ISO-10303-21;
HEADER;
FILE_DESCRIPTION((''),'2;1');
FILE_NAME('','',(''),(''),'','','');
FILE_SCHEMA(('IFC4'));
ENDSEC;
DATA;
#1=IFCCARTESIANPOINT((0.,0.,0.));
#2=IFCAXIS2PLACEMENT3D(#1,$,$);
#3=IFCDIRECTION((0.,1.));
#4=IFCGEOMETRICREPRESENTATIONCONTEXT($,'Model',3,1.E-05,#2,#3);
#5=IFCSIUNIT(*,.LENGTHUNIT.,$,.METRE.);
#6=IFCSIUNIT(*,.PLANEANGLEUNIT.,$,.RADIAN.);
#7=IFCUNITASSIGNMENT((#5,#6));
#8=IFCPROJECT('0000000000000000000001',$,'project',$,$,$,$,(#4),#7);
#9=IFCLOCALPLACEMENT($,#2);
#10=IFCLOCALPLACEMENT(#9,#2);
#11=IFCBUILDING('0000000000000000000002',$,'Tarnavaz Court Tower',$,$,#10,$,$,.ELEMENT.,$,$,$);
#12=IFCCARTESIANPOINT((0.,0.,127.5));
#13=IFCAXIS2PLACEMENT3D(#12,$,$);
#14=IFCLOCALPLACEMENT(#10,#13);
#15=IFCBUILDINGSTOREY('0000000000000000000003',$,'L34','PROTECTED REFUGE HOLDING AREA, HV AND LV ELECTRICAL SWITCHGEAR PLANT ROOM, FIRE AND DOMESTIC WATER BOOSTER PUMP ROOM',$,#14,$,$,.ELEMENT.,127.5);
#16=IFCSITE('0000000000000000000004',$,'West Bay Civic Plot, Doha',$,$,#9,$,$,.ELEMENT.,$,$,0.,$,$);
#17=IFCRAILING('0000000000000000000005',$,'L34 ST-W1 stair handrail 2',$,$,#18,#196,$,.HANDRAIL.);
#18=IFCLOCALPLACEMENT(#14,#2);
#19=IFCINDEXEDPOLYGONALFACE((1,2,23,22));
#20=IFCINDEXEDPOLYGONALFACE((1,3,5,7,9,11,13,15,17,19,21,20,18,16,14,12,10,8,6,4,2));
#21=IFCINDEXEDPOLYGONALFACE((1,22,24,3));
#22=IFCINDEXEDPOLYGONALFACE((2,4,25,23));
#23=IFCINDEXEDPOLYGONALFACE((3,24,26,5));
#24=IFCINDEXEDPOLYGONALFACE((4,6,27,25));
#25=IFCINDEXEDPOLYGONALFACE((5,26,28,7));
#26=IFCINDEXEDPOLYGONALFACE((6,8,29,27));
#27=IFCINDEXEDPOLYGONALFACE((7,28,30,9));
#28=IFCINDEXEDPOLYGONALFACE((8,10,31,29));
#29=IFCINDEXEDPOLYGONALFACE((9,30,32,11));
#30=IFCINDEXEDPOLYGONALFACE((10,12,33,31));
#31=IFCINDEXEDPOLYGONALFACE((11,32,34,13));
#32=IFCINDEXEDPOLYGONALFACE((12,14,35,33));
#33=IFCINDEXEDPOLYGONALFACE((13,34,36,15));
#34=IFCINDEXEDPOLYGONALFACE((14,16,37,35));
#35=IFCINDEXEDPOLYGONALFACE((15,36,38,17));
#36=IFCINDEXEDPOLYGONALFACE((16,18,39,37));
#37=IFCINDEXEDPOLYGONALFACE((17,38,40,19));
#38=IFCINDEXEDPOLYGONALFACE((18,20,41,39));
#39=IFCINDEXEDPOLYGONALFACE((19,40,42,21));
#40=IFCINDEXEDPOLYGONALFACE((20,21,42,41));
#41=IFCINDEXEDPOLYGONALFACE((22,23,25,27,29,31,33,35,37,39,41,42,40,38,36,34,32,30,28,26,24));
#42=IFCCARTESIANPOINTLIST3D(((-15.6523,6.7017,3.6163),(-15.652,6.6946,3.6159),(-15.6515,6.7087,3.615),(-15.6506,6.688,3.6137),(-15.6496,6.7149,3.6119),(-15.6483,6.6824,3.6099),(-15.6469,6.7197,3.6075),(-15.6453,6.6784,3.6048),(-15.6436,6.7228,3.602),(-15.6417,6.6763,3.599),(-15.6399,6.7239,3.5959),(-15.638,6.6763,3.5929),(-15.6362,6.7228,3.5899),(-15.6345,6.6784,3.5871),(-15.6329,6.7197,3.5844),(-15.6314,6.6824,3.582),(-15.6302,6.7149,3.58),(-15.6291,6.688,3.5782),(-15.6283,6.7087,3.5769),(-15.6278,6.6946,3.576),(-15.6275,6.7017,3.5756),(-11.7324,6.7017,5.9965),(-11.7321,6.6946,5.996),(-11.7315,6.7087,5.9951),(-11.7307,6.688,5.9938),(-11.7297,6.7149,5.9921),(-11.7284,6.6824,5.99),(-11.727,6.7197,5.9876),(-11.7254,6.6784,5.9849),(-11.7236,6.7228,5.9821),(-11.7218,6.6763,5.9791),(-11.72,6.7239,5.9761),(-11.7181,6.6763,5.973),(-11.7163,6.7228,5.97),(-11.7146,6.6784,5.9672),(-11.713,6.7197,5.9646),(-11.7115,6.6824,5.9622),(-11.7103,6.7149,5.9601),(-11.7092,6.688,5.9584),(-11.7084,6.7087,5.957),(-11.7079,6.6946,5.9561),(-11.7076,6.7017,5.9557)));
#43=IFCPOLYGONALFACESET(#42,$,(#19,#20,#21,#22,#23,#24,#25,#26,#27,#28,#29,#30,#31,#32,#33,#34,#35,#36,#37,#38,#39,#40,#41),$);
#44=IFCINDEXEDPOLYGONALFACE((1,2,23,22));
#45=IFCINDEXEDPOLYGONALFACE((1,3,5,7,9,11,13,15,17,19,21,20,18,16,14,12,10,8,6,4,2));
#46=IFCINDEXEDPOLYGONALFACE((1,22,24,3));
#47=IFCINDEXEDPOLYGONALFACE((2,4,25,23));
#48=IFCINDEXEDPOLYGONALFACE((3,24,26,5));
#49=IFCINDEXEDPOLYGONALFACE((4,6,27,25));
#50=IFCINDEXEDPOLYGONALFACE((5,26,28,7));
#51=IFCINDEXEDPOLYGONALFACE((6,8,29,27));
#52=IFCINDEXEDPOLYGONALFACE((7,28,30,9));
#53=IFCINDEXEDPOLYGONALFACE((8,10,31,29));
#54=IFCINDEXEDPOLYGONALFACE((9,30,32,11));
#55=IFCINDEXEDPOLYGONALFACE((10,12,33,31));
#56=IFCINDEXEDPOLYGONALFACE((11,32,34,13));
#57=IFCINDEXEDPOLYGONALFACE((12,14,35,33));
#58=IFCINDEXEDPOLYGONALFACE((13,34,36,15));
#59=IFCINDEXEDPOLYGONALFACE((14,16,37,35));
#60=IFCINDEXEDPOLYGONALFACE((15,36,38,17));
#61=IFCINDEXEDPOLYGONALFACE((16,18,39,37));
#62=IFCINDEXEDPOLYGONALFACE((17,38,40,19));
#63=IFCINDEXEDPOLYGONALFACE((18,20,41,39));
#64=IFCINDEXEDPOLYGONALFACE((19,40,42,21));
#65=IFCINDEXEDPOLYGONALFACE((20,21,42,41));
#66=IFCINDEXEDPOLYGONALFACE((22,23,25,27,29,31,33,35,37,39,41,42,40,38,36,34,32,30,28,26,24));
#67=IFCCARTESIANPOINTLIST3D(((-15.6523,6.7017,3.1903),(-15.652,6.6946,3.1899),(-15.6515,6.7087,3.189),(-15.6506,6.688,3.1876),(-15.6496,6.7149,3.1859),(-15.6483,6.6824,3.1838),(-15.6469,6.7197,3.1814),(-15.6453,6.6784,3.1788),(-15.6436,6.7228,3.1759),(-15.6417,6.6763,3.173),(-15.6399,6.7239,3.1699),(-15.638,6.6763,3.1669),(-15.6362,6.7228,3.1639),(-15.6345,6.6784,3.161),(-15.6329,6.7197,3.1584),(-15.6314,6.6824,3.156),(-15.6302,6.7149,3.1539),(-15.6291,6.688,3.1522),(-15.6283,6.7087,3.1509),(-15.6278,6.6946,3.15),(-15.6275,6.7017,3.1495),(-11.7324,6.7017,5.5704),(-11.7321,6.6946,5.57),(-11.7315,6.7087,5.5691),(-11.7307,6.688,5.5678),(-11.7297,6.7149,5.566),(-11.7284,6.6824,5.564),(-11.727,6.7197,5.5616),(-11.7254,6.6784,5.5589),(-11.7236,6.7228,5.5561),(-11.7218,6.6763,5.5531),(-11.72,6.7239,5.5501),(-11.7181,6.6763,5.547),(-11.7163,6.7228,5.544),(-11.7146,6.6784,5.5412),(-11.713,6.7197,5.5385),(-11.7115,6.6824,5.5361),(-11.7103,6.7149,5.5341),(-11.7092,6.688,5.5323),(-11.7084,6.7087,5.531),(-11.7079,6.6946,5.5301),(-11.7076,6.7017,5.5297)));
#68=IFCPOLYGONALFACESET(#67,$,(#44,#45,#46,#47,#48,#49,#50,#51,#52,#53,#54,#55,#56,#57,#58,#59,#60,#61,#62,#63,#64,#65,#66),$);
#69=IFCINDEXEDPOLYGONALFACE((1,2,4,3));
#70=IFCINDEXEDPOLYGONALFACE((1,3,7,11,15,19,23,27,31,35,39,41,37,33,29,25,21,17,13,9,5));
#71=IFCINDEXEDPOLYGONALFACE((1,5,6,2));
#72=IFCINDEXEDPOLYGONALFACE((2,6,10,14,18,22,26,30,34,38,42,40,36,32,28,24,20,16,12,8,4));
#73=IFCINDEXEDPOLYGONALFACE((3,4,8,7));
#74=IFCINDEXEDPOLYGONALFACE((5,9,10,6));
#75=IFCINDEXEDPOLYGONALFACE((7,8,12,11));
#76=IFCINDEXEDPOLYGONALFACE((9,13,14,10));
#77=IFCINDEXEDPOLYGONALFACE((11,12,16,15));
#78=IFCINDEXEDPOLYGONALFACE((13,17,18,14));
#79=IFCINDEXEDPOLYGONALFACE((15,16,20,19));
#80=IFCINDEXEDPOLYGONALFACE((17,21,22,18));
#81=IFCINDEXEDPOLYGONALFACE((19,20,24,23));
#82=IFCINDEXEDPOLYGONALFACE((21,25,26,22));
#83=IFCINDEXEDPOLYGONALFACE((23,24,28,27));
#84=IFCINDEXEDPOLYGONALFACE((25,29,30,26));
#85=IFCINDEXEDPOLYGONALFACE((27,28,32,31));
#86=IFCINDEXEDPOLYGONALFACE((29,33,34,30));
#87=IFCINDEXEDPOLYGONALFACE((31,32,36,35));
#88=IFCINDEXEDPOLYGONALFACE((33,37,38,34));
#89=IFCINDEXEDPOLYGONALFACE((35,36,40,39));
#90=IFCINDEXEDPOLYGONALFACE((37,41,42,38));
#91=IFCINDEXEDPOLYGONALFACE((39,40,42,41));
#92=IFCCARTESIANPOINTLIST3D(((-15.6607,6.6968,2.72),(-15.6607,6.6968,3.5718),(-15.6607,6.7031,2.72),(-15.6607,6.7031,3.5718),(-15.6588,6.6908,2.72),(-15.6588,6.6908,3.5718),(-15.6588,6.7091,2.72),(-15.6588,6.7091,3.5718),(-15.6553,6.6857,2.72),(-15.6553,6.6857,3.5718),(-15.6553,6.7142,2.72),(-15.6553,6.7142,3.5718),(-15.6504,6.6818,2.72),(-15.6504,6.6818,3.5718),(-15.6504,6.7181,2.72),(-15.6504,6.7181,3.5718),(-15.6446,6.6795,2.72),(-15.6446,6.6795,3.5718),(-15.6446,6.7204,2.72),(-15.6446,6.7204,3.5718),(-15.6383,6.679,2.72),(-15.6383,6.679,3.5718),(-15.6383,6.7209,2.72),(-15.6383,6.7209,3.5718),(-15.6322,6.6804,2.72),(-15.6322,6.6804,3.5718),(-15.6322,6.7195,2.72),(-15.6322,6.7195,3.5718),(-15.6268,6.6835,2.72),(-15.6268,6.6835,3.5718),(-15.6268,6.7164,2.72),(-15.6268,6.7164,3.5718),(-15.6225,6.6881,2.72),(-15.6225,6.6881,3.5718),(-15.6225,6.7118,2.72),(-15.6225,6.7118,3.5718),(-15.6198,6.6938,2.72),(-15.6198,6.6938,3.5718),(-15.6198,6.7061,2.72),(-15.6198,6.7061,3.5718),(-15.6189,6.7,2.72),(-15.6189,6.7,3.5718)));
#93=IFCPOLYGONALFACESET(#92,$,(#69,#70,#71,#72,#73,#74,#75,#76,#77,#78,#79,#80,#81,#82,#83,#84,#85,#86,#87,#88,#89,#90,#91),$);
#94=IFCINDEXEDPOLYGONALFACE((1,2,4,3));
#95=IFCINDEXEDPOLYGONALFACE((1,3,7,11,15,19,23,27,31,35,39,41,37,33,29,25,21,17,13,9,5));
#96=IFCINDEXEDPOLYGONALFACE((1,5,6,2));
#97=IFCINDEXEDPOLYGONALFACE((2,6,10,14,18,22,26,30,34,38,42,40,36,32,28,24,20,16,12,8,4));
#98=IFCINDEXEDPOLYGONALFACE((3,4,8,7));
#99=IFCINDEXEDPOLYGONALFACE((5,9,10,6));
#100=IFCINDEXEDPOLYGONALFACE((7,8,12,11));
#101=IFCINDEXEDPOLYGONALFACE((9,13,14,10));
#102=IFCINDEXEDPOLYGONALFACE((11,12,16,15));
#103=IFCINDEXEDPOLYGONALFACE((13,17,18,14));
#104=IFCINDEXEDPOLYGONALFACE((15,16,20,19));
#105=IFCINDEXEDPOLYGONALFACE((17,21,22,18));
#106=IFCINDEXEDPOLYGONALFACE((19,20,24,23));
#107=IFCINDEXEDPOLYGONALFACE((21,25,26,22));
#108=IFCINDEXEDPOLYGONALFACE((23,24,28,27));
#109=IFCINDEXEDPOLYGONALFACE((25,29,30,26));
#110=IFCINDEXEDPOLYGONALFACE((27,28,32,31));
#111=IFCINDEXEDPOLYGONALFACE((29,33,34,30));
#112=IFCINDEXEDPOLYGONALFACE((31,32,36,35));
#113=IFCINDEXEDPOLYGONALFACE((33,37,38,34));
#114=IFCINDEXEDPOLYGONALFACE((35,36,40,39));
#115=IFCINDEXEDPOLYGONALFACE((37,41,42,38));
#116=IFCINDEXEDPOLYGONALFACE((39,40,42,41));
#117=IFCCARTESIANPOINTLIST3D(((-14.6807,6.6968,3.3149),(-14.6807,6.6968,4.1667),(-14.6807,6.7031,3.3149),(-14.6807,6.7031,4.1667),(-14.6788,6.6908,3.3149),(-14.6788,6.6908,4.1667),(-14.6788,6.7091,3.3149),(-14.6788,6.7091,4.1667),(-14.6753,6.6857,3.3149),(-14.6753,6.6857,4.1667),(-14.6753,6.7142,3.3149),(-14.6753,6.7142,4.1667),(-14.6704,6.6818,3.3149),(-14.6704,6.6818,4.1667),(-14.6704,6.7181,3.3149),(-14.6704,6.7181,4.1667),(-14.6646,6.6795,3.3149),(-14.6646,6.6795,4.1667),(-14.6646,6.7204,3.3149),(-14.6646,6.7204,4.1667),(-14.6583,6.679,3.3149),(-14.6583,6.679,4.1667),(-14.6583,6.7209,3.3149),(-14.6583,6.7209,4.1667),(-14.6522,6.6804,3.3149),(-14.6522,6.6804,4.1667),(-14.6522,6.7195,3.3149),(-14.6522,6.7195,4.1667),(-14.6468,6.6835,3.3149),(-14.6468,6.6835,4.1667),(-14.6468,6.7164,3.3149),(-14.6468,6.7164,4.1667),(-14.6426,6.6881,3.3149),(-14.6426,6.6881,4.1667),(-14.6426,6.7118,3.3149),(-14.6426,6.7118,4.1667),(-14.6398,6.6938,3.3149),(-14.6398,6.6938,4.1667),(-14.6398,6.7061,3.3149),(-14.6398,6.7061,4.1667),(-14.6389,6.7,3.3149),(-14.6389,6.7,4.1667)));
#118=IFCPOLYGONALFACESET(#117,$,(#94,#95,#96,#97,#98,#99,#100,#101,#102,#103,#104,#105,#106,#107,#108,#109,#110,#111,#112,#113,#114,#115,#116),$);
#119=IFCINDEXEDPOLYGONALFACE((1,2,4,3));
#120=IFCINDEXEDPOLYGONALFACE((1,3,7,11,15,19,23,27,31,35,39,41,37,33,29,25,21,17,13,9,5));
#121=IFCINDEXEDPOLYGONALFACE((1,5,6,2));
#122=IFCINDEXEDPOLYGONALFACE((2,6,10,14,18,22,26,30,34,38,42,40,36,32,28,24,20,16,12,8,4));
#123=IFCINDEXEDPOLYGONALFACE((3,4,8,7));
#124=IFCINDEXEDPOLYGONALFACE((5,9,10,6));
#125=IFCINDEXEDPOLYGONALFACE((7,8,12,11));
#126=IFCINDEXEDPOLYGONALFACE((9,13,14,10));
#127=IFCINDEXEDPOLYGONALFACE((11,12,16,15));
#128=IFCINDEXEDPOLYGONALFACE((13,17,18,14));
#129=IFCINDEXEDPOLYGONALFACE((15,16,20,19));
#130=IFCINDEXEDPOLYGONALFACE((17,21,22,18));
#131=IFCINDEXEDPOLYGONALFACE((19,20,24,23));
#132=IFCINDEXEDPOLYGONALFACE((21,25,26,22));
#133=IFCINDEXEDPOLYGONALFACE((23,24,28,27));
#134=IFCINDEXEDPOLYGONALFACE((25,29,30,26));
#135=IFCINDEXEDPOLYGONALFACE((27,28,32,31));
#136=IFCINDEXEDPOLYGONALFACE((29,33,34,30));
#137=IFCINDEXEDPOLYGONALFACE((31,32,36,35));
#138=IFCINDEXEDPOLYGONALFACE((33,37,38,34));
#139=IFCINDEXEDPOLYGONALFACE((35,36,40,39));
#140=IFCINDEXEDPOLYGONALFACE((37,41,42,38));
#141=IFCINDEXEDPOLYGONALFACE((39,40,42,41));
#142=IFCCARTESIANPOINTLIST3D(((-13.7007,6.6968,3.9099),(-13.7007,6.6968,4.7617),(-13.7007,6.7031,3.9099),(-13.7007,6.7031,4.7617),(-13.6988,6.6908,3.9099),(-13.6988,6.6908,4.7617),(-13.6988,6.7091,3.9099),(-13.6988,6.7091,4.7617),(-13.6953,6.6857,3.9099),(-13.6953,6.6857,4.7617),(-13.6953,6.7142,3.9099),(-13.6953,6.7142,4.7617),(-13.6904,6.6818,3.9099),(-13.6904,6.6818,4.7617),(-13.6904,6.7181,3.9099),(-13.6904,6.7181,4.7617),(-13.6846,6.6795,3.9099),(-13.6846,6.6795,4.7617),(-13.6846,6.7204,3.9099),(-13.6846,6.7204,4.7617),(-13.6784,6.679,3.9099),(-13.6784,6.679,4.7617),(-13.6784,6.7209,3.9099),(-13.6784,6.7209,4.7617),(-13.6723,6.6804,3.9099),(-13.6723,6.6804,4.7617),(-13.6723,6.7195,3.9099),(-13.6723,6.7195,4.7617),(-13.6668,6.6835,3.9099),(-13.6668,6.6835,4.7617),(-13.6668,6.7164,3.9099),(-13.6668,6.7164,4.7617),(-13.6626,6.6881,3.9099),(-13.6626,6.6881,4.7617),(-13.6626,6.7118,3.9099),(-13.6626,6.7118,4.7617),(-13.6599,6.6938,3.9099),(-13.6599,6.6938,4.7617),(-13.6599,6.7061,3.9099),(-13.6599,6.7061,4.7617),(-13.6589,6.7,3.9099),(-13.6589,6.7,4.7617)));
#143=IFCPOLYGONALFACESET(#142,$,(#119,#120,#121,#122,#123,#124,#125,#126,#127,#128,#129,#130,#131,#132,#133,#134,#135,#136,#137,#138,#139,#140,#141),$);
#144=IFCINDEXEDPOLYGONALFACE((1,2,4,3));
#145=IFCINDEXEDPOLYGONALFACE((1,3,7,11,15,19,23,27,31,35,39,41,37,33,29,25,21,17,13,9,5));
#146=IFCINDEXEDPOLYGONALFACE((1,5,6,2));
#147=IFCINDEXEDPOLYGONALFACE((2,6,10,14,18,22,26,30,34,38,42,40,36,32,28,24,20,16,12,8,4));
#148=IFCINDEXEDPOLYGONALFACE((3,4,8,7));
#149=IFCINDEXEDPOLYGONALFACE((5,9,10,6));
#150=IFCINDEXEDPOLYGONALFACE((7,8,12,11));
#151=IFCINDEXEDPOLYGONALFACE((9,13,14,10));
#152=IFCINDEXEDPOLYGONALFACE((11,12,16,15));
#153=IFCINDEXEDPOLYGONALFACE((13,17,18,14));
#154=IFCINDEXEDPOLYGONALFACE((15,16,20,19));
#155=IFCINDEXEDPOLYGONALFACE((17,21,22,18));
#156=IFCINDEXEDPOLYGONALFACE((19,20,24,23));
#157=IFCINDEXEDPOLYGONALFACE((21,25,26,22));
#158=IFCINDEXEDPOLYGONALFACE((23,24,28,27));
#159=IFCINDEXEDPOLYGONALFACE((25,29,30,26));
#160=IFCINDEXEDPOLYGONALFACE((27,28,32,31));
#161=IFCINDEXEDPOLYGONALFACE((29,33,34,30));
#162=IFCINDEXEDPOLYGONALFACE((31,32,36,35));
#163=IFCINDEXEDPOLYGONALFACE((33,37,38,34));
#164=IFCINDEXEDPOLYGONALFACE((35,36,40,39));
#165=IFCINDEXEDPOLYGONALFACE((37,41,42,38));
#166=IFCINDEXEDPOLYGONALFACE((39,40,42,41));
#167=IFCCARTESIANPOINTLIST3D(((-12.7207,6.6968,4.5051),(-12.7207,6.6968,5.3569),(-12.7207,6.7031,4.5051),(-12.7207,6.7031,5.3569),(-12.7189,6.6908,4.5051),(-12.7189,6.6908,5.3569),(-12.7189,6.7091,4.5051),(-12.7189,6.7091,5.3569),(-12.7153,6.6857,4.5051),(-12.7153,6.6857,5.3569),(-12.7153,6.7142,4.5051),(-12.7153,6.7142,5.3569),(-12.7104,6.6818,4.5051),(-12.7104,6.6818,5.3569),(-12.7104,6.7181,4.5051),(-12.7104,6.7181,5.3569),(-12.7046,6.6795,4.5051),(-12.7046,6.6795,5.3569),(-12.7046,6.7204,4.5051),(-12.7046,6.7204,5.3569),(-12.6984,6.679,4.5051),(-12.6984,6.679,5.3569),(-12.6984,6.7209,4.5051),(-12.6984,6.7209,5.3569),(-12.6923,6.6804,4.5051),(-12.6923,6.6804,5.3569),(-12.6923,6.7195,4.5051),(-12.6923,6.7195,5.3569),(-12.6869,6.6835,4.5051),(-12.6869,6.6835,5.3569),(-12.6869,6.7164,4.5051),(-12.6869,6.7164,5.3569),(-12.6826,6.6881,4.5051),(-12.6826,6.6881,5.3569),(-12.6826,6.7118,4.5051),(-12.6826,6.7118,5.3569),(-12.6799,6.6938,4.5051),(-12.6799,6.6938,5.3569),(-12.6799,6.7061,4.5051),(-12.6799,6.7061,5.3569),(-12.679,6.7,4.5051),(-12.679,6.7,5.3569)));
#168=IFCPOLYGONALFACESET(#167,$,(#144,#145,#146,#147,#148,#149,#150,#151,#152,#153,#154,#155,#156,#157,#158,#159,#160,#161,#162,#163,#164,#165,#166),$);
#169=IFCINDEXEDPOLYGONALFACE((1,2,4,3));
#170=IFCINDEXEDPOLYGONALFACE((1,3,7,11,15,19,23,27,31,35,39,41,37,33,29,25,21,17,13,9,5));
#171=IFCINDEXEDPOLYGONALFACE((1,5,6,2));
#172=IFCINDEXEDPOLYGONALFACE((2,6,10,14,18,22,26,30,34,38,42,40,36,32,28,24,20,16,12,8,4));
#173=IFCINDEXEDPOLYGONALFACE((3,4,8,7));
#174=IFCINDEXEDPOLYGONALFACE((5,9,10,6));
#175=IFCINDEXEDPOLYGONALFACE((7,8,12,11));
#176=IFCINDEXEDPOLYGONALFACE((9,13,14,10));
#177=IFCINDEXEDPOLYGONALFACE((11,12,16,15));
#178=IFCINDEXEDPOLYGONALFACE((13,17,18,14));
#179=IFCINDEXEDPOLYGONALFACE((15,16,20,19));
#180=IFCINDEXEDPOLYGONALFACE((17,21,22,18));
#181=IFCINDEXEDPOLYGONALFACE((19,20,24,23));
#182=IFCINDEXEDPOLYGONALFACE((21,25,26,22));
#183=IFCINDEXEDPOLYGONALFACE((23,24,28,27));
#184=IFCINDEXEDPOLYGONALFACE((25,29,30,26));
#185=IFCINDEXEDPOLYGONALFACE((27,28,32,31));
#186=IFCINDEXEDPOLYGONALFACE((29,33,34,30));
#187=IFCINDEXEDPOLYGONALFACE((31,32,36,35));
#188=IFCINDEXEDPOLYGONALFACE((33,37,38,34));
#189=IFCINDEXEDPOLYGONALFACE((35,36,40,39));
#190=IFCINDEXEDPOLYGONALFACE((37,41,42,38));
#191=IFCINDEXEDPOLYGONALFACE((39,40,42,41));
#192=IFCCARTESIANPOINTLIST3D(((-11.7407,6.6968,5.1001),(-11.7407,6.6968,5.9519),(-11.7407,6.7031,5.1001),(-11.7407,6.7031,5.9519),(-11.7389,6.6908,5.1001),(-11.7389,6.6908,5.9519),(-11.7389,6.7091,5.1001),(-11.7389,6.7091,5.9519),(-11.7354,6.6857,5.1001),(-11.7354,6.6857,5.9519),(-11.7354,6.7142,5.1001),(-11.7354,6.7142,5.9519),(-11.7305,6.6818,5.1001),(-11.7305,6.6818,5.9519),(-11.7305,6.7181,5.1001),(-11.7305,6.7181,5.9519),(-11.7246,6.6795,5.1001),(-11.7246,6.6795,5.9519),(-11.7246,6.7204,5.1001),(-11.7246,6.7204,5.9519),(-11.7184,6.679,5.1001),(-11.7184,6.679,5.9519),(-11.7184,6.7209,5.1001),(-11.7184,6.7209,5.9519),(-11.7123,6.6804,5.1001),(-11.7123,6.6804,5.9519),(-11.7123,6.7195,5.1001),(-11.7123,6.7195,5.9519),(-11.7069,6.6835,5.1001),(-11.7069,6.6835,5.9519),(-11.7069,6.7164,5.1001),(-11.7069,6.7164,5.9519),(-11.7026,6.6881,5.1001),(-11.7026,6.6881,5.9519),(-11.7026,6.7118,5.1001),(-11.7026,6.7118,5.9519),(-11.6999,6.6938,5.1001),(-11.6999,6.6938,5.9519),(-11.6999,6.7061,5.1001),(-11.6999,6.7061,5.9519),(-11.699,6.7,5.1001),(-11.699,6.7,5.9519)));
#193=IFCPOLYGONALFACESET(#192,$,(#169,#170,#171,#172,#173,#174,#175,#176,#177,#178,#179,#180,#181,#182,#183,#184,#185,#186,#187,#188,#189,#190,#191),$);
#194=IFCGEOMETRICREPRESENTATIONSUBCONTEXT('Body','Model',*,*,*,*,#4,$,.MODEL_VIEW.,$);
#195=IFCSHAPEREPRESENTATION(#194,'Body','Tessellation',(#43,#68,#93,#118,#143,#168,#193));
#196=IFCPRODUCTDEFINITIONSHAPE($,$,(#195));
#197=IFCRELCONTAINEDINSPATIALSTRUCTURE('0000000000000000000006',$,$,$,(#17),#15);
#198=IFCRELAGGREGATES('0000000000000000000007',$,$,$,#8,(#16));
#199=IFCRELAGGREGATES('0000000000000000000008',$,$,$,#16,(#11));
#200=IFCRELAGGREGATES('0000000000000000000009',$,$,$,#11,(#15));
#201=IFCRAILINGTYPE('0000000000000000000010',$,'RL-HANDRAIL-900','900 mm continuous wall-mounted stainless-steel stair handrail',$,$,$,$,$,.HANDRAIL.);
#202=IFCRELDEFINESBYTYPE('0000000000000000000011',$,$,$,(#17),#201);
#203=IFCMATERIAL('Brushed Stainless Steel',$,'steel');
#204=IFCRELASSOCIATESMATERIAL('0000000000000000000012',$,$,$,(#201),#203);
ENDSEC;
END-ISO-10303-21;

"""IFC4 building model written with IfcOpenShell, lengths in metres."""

from ifc_helpers import new_model, si_unit, direction, frame, origin, origin_2d, place, context, subcontext, project, spatial, circle, extrude, material, type_object, element, save


model = new_model("IFC4")

# Units and contexts
model_context = context("Model", 3, precision=1e-05, world=origin(), true_north=direction((0.0, 1.0)))
body_context = subcontext(model_context, "Body", "Model", "MODEL_VIEW")
ifc_project = project(units=[si_unit("LENGTHUNIT", "METRE"), si_unit("PLANEANGLEUNIT", "RADIAN")], contexts=[model_context])

# Site, building, storey
site_placement = place(None, origin())
site = spatial("IfcSite", under=ifc_project, at=site_placement, Name="West Bay Civic Plot, Doha", CompositionType="ELEMENT", RefElevation=0.0)
building_placement = place(site_placement, origin())
building = spatial("IfcBuilding", under=site, at=building_placement, Name="Tarnavaz Court Tower", CompositionType="ELEMENT")
storey_placement = place(building_placement, frame((0.0, 0.0, 127.5)))
storey = spatial("IfcBuildingStorey", under=building, at=storey_placement, Name="L34", Description="PROTECTED REFUGE HOLDING AREA, HV AND LV ELECTRICAL SWITCHGEAR PLANT ROOM, FIRE AND DOMESTIC WATER BOOSTER PUMP ROOM", CompositionType="ELEMENT", Elevation=127.5)

# Railing
ifc_material_1 = material(Name="Brushed Stainless Steel", Category="steel")
railing_type_1 = type_object("IfcRailingType", Name="RL-HANDRAIL-900", Description="900 mm continuous wall-mounted stainless-steel stair handrail", PredefinedType="HANDRAIL", material=ifc_material_1)
railing_1_placement = place(storey_placement, frame((-15.6399, 6.7, 2.72)))
element("IfcRailing", 1, at=railing_1_placement, inside=storey, type_object=railing_type_1, Name="L34 ST-W1 stair handrail 2", PredefinedType="HANDRAIL", context=body_context, shape_type="SweptSolid", body=[
    extrude(circle(Radius=0.0239, at=origin_2d()), frame((0.0, 0.0, 0.876), z_axis=(0.854771, 0.0, 0.519006), x_axis=(0.0, 1.0, 0.0)), (0.0, 0.0, 1.0), 4.5859),
    extrude(circle(Radius=0.0239, at=origin_2d()), frame((0.0, 0.0, 0.45), z_axis=(0.854771, 0.0, 0.519006), x_axis=(0.0, 1.0, 0.0)), (0.0, 0.0, 1.0), 4.5859),
    extrude(circle(Radius=0.021, at=origin_2d()), origin(), (0.0, 0.0, 1.0), 0.8518),
    extrude(circle(Radius=0.021, at=origin_2d()), frame((0.98, 0.0, 0.595)), (0.0, 0.0, 1.0), 0.8518),
    extrude(circle(Radius=0.021, at=origin_2d()), frame((1.96, 0.0, 1.1899)), (0.0, 0.0, 1.0), 0.8518),
    extrude(circle(Radius=0.021, at=origin_2d()), frame((2.9399, 0.0, 1.7852)), (0.0, 0.0, 1.0), 0.8518),
    extrude(circle(Radius=0.021, at=origin_2d()), frame((3.9199, 0.0, 2.3801)), (0.0, 0.0, 1.0), 0.8518),
])

save(model, "model.ifc")
